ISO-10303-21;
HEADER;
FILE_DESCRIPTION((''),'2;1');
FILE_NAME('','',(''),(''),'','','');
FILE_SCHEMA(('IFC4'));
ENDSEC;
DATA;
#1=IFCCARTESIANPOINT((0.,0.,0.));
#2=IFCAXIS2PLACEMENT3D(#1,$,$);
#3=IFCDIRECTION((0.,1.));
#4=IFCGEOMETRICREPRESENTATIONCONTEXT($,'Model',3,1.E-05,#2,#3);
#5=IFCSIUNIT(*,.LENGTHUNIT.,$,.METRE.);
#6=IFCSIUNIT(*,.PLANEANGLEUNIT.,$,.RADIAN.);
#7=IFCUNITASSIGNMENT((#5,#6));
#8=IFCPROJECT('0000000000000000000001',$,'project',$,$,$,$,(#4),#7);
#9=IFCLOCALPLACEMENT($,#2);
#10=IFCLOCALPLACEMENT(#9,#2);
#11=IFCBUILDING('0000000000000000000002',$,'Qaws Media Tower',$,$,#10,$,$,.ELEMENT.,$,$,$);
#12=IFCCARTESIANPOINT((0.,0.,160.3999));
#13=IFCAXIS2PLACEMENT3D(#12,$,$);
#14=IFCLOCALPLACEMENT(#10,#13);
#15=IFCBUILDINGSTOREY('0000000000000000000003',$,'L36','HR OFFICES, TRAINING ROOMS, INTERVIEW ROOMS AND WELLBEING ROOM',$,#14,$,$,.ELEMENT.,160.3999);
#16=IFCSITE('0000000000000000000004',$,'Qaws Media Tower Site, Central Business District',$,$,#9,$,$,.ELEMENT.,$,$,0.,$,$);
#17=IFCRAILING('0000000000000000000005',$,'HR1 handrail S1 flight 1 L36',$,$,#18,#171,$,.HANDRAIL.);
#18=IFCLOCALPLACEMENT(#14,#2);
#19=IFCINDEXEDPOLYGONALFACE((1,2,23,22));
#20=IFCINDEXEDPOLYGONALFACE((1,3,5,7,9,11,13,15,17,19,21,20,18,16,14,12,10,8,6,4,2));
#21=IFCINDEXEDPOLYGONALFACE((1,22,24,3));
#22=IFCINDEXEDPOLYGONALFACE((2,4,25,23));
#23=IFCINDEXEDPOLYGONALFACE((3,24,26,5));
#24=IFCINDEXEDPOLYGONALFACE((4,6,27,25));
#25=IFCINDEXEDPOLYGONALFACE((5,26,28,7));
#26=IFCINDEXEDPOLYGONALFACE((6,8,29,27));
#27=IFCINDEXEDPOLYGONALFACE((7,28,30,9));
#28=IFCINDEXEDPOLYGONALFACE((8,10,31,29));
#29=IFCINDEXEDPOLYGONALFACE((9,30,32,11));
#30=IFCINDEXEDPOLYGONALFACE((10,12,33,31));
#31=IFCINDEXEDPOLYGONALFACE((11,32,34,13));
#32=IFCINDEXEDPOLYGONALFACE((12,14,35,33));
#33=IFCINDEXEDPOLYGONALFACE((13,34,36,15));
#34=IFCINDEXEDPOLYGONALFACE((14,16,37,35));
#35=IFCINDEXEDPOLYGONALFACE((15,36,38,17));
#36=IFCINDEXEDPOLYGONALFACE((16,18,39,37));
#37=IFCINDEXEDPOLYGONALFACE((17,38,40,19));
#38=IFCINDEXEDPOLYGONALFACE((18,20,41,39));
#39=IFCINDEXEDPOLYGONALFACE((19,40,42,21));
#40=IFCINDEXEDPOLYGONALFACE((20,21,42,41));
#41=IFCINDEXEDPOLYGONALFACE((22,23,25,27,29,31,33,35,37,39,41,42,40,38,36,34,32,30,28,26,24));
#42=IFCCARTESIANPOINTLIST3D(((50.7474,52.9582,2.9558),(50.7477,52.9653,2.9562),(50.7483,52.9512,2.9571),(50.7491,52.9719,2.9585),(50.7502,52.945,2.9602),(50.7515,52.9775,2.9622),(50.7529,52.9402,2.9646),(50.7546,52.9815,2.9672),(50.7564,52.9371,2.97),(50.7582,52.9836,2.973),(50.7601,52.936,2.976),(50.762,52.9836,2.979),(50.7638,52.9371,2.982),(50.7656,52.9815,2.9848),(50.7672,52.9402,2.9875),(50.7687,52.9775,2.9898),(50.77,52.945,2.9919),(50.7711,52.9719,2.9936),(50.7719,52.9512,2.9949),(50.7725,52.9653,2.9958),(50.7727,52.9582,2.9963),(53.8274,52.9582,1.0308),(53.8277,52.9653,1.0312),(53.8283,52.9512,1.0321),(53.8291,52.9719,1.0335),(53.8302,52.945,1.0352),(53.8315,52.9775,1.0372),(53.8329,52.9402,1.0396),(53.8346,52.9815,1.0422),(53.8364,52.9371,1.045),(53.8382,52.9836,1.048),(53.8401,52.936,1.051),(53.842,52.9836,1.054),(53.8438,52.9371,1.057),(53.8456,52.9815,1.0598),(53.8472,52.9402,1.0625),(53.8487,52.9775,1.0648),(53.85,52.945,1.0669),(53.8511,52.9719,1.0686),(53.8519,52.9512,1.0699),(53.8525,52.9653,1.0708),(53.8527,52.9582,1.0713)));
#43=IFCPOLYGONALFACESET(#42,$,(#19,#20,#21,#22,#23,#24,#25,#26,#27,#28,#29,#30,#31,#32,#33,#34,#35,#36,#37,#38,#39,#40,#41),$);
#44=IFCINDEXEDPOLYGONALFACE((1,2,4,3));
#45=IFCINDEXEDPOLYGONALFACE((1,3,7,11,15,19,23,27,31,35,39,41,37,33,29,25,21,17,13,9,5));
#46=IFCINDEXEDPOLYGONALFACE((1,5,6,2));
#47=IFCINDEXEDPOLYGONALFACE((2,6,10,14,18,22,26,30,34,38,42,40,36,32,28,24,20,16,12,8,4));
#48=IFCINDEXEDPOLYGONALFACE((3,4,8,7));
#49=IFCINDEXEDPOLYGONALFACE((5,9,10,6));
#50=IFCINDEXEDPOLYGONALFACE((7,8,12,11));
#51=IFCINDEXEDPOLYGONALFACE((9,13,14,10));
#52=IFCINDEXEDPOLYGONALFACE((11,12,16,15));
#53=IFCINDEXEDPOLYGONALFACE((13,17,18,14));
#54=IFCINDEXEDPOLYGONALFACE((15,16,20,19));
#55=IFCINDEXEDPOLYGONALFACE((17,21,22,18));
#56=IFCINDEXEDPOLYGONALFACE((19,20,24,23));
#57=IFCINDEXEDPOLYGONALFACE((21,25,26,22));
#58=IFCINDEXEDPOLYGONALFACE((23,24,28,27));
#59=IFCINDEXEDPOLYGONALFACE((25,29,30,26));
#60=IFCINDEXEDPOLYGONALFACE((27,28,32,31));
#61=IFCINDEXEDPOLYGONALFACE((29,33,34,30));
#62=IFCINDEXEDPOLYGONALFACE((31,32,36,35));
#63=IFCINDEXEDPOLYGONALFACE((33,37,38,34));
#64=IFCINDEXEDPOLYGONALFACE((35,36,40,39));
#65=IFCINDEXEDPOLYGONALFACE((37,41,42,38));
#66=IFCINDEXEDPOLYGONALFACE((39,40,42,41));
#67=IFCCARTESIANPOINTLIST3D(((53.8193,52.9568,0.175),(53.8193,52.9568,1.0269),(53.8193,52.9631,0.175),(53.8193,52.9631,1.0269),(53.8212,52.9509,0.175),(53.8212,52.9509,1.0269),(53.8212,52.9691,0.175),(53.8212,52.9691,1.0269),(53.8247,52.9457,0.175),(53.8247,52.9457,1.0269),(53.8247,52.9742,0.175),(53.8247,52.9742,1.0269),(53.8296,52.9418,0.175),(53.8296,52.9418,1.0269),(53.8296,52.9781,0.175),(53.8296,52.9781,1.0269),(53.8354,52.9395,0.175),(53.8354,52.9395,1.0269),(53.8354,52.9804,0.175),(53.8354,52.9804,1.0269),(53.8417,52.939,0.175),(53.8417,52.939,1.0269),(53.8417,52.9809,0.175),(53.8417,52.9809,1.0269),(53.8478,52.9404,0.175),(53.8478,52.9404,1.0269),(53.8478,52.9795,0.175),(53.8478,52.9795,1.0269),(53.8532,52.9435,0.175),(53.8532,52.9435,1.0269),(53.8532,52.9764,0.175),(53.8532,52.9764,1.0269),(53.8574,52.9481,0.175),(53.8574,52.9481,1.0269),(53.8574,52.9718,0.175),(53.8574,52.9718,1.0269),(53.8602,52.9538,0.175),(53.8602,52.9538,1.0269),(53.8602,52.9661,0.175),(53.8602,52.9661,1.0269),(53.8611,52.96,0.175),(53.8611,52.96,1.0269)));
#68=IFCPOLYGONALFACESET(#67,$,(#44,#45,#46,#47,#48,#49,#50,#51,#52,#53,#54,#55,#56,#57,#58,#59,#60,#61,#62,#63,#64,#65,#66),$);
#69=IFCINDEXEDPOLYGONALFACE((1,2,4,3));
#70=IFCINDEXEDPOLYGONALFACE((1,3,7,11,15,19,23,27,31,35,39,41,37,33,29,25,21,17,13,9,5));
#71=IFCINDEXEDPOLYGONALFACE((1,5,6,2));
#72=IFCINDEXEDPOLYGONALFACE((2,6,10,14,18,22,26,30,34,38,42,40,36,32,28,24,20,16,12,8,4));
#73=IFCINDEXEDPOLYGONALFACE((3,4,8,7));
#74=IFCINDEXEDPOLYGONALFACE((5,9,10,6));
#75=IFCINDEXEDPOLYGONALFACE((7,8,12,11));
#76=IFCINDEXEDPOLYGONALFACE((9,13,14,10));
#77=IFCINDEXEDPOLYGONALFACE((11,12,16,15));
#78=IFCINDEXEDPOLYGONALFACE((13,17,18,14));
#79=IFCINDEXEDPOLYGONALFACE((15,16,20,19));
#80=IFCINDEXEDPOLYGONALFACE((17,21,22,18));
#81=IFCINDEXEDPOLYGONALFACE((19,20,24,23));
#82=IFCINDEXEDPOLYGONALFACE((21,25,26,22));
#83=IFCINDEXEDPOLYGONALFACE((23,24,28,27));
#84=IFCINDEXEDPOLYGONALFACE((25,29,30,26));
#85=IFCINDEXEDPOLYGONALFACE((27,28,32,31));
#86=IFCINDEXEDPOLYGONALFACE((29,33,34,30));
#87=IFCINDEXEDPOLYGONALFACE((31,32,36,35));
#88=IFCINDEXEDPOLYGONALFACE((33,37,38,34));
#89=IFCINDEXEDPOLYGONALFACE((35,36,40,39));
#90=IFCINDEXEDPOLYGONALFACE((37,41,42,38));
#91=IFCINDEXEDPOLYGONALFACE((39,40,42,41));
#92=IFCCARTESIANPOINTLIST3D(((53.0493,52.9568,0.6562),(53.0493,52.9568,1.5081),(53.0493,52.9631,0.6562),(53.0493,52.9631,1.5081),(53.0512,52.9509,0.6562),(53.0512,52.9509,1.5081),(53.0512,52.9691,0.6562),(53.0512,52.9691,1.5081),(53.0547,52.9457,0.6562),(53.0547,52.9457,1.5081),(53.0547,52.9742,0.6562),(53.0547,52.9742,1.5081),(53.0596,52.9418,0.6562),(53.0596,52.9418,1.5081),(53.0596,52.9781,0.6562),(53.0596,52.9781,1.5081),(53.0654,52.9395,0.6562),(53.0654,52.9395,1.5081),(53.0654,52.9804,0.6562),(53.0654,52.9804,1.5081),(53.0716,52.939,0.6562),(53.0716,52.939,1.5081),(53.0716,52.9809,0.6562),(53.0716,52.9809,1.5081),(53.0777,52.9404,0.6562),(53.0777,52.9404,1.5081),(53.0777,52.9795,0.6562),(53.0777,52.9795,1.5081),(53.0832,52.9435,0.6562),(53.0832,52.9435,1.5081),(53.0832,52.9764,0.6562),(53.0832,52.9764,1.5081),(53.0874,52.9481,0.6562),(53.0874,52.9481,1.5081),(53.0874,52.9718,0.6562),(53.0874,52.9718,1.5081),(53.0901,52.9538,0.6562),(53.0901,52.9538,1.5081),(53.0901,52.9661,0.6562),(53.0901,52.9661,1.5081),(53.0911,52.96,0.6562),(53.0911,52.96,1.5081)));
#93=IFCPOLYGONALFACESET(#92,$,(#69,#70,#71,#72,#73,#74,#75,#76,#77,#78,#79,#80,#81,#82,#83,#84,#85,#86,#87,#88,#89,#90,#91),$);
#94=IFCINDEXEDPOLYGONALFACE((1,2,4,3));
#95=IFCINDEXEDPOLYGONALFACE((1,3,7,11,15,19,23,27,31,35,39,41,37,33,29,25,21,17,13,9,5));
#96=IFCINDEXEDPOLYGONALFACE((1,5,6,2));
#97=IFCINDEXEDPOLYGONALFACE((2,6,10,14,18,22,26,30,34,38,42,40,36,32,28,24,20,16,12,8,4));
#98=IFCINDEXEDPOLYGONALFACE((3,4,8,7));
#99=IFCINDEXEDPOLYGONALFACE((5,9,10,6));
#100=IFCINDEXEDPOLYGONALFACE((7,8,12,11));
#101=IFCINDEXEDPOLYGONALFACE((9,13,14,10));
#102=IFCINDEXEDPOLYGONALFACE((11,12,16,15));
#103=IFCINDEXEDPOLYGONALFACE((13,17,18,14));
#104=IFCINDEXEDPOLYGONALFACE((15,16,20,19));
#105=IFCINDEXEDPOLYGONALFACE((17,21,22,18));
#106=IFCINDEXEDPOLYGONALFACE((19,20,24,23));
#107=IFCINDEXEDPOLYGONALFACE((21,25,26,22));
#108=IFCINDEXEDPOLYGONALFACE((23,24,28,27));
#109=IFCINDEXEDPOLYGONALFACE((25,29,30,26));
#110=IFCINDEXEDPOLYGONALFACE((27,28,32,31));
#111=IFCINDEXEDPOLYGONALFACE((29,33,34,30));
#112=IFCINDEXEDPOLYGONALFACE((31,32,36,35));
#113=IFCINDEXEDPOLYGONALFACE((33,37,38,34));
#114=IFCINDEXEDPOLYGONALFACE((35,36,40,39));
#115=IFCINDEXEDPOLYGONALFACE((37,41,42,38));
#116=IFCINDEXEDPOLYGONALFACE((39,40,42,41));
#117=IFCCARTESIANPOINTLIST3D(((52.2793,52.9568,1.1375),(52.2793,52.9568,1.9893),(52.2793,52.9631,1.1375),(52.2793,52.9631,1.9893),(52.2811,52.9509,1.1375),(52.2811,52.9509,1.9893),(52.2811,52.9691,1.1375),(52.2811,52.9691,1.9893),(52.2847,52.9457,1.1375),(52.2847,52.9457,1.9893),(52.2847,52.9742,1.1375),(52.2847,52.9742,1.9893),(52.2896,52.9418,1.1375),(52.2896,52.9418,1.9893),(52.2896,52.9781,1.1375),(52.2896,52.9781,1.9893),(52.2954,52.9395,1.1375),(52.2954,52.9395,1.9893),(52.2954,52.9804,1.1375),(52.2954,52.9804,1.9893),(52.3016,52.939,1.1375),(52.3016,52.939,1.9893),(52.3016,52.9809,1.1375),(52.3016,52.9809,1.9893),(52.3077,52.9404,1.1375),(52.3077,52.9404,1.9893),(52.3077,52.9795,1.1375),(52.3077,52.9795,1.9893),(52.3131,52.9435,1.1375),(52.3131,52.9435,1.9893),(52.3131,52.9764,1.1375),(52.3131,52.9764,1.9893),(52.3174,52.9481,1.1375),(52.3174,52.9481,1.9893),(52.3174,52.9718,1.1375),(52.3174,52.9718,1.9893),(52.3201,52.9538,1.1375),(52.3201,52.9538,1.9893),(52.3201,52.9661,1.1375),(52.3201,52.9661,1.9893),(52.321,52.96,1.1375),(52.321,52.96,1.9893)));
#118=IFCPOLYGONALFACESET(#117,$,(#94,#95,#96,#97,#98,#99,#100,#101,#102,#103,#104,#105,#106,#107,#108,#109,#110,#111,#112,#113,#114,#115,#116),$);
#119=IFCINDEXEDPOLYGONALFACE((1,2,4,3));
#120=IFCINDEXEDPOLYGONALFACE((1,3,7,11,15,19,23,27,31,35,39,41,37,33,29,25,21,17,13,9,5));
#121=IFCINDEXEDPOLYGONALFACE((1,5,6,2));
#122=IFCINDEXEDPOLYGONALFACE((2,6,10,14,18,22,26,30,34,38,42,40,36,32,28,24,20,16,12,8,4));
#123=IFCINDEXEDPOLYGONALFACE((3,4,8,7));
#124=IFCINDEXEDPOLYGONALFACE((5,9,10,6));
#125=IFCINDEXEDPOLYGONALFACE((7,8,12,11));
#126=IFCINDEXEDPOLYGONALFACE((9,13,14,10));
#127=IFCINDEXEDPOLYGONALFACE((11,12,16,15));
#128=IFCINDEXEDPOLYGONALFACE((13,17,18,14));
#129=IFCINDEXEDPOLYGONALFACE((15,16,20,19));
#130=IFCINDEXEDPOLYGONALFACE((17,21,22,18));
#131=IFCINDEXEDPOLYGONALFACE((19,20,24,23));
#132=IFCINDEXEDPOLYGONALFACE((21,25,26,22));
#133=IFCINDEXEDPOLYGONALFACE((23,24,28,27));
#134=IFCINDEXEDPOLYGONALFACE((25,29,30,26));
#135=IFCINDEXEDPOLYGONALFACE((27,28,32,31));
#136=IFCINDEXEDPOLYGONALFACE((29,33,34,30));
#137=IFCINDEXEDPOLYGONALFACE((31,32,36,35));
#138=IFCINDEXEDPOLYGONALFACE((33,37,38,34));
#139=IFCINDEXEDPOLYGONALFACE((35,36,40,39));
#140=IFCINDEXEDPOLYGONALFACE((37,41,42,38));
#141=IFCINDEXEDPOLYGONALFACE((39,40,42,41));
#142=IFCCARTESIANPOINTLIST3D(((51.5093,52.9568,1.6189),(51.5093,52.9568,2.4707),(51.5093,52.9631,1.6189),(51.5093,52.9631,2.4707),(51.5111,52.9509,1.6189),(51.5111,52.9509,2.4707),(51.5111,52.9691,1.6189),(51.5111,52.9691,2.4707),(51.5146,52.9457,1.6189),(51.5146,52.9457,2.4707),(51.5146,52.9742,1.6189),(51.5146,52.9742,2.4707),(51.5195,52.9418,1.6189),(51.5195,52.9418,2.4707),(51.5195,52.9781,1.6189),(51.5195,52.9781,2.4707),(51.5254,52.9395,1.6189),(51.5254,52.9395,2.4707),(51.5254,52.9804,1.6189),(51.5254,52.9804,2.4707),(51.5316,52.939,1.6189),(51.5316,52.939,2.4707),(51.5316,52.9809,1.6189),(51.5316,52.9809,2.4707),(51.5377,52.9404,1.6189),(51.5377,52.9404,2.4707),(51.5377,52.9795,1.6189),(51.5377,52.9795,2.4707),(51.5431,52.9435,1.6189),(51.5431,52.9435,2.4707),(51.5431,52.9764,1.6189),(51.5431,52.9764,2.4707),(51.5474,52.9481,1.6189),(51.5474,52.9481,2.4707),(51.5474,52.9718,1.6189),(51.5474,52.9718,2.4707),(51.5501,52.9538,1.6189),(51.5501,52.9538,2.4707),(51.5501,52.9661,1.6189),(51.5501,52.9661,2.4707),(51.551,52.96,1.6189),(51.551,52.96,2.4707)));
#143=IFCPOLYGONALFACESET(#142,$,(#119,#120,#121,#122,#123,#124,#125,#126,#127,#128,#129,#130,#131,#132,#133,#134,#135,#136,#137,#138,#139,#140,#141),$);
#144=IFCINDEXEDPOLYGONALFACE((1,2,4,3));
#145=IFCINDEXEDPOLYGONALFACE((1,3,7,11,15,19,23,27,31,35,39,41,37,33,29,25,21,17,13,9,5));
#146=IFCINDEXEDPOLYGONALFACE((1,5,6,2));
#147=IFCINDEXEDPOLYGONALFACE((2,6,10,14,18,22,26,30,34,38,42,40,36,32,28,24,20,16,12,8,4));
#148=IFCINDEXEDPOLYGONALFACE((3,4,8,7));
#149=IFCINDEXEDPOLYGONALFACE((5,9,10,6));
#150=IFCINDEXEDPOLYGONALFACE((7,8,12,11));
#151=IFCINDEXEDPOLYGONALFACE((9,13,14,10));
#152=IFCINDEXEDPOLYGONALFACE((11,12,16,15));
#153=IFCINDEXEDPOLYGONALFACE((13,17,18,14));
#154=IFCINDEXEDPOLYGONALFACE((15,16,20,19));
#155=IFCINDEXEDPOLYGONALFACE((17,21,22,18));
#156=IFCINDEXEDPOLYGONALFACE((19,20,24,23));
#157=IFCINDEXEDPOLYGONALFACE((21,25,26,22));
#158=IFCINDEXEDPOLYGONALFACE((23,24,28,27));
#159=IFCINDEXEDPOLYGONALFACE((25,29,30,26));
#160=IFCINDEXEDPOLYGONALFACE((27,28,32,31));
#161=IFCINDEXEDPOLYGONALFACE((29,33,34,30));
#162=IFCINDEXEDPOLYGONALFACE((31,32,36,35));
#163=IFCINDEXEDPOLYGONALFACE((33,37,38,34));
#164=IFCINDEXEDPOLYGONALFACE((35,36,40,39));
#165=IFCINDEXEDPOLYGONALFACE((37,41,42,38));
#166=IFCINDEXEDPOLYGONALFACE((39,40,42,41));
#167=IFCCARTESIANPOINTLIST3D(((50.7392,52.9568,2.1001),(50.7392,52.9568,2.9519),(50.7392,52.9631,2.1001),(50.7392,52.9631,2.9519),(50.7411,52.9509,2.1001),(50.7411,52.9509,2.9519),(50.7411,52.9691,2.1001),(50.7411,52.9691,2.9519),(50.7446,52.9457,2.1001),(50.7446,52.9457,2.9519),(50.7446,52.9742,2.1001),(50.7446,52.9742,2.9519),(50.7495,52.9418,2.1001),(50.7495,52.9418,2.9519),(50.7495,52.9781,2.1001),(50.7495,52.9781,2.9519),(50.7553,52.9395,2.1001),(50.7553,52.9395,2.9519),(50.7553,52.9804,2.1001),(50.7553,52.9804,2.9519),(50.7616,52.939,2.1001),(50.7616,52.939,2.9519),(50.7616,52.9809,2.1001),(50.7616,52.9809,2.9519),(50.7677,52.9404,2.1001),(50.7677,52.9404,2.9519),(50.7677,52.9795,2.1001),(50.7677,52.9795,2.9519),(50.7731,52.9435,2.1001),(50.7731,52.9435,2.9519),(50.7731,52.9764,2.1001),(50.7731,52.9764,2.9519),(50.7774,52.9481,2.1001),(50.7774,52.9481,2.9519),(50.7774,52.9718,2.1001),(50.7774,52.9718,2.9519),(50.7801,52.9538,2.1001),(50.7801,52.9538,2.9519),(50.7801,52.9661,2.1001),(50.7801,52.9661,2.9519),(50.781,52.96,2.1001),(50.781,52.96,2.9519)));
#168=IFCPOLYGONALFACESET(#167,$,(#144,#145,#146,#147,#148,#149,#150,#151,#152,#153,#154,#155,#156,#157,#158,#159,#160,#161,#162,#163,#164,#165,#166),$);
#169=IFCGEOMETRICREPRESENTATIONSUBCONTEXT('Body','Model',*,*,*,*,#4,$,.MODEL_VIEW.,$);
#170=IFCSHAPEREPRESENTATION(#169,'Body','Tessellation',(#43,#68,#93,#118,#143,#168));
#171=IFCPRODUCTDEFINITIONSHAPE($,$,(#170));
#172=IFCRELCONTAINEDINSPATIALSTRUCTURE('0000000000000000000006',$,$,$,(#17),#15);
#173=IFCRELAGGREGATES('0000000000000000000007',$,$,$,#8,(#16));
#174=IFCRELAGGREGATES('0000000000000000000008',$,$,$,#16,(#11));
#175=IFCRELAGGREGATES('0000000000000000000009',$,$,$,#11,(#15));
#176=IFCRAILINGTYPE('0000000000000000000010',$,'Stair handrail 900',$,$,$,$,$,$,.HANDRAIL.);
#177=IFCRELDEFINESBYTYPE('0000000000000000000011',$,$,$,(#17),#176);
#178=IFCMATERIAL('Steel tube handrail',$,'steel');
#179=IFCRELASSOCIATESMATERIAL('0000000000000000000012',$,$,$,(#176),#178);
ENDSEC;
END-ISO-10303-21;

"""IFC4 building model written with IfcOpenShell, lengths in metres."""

from ifc_helpers import new_model, si_unit, direction, frame, origin, origin_2d, place, context, subcontext, project, spatial, circle, extrude, material, type_object, element, save


model = new_model("IFC4")

# Units and contexts
model_context = context("Model", 3, precision=1e-05, world=origin(), true_north=direction((0.0, 1.0)))
body_context = subcontext(model_context, "Body", "Model", "MODEL_VIEW")
ifc_project = project(units=[si_unit("LENGTHUNIT", "METRE"), si_unit("PLANEANGLEUNIT", "RADIAN")], contexts=[model_context])

# Site, building, storey
site_placement = place(None, origin())
site = spatial("IfcSite", under=ifc_project, at=site_placement, Name="Qaws Media Tower Site, Central Business District", CompositionType="ELEMENT", RefElevation=0.0)
building_placement = place(site_placement, origin())
building = spatial("IfcBuilding", under=site, at=building_placement, Name="Qaws Media Tower", CompositionType="ELEMENT")
storey_placement = place(building_placement, frame((0.0, 0.0, 160.3999)))
storey = spatial("IfcBuildingStorey", under=building, at=storey_placement, Name="L36", Description="HR OFFICES, TRAINING ROOMS, INTERVIEW ROOMS AND WELLBEING ROOM", CompositionType="ELEMENT", Elevation=160.3999)

# Railing
ifc_material_1 = material(Name="Steel tube handrail", Category="steel")
railing_type = type_object("IfcRailingType", Name="Stair handrail 900", PredefinedType="HANDRAIL", material=ifc_material_1)
for number, where, name in (
    (1, (53.8401, 52.96, 0.175), "HR1 handrail S1 flight 1 L36"),
):
    element("IfcRailing", number, at=place(storey_placement, frame(where)), inside=storey, type_object=railing_type, Name=name, PredefinedType="HANDRAIL", context=body_context, shape_type="SweptSolid", body=[
        extrude(circle(Radius=0.0239, at=origin_2d()), frame((0.0, 0.0, 0.876), z_axis=(-0.847998, 0.0, 0.529999), x_axis=(0.0, -1.0, 0.0)), (0.0, 0.0, 1.0), 3.6321),
        extrude(circle(Radius=0.021, at=origin_2d()), origin(), (0.0, 0.0, 1.0), 0.8518),
        extrude(circle(Radius=0.021, at=origin_2d()), frame((-0.77, 0.0, 0.4812)), (0.0, 0.0, 1.0), 0.8518),
        extrude(circle(Radius=0.021, at=origin_2d()), frame((-1.54, 0.0, 0.9624)), (0.0, 0.0, 1.0), 0.8518),
        extrude(circle(Radius=0.021, at=origin_2d()), frame((-2.3101, 0.0, 1.4438)), (0.0, 0.0, 1.0), 0.8518),
        extrude(circle(Radius=0.021, at=origin_2d()), frame((-3.0801, 0.0, 1.925)), (0.0, 0.0, 1.0), 0.8518),
    ])

save(model, "model.ifc")
